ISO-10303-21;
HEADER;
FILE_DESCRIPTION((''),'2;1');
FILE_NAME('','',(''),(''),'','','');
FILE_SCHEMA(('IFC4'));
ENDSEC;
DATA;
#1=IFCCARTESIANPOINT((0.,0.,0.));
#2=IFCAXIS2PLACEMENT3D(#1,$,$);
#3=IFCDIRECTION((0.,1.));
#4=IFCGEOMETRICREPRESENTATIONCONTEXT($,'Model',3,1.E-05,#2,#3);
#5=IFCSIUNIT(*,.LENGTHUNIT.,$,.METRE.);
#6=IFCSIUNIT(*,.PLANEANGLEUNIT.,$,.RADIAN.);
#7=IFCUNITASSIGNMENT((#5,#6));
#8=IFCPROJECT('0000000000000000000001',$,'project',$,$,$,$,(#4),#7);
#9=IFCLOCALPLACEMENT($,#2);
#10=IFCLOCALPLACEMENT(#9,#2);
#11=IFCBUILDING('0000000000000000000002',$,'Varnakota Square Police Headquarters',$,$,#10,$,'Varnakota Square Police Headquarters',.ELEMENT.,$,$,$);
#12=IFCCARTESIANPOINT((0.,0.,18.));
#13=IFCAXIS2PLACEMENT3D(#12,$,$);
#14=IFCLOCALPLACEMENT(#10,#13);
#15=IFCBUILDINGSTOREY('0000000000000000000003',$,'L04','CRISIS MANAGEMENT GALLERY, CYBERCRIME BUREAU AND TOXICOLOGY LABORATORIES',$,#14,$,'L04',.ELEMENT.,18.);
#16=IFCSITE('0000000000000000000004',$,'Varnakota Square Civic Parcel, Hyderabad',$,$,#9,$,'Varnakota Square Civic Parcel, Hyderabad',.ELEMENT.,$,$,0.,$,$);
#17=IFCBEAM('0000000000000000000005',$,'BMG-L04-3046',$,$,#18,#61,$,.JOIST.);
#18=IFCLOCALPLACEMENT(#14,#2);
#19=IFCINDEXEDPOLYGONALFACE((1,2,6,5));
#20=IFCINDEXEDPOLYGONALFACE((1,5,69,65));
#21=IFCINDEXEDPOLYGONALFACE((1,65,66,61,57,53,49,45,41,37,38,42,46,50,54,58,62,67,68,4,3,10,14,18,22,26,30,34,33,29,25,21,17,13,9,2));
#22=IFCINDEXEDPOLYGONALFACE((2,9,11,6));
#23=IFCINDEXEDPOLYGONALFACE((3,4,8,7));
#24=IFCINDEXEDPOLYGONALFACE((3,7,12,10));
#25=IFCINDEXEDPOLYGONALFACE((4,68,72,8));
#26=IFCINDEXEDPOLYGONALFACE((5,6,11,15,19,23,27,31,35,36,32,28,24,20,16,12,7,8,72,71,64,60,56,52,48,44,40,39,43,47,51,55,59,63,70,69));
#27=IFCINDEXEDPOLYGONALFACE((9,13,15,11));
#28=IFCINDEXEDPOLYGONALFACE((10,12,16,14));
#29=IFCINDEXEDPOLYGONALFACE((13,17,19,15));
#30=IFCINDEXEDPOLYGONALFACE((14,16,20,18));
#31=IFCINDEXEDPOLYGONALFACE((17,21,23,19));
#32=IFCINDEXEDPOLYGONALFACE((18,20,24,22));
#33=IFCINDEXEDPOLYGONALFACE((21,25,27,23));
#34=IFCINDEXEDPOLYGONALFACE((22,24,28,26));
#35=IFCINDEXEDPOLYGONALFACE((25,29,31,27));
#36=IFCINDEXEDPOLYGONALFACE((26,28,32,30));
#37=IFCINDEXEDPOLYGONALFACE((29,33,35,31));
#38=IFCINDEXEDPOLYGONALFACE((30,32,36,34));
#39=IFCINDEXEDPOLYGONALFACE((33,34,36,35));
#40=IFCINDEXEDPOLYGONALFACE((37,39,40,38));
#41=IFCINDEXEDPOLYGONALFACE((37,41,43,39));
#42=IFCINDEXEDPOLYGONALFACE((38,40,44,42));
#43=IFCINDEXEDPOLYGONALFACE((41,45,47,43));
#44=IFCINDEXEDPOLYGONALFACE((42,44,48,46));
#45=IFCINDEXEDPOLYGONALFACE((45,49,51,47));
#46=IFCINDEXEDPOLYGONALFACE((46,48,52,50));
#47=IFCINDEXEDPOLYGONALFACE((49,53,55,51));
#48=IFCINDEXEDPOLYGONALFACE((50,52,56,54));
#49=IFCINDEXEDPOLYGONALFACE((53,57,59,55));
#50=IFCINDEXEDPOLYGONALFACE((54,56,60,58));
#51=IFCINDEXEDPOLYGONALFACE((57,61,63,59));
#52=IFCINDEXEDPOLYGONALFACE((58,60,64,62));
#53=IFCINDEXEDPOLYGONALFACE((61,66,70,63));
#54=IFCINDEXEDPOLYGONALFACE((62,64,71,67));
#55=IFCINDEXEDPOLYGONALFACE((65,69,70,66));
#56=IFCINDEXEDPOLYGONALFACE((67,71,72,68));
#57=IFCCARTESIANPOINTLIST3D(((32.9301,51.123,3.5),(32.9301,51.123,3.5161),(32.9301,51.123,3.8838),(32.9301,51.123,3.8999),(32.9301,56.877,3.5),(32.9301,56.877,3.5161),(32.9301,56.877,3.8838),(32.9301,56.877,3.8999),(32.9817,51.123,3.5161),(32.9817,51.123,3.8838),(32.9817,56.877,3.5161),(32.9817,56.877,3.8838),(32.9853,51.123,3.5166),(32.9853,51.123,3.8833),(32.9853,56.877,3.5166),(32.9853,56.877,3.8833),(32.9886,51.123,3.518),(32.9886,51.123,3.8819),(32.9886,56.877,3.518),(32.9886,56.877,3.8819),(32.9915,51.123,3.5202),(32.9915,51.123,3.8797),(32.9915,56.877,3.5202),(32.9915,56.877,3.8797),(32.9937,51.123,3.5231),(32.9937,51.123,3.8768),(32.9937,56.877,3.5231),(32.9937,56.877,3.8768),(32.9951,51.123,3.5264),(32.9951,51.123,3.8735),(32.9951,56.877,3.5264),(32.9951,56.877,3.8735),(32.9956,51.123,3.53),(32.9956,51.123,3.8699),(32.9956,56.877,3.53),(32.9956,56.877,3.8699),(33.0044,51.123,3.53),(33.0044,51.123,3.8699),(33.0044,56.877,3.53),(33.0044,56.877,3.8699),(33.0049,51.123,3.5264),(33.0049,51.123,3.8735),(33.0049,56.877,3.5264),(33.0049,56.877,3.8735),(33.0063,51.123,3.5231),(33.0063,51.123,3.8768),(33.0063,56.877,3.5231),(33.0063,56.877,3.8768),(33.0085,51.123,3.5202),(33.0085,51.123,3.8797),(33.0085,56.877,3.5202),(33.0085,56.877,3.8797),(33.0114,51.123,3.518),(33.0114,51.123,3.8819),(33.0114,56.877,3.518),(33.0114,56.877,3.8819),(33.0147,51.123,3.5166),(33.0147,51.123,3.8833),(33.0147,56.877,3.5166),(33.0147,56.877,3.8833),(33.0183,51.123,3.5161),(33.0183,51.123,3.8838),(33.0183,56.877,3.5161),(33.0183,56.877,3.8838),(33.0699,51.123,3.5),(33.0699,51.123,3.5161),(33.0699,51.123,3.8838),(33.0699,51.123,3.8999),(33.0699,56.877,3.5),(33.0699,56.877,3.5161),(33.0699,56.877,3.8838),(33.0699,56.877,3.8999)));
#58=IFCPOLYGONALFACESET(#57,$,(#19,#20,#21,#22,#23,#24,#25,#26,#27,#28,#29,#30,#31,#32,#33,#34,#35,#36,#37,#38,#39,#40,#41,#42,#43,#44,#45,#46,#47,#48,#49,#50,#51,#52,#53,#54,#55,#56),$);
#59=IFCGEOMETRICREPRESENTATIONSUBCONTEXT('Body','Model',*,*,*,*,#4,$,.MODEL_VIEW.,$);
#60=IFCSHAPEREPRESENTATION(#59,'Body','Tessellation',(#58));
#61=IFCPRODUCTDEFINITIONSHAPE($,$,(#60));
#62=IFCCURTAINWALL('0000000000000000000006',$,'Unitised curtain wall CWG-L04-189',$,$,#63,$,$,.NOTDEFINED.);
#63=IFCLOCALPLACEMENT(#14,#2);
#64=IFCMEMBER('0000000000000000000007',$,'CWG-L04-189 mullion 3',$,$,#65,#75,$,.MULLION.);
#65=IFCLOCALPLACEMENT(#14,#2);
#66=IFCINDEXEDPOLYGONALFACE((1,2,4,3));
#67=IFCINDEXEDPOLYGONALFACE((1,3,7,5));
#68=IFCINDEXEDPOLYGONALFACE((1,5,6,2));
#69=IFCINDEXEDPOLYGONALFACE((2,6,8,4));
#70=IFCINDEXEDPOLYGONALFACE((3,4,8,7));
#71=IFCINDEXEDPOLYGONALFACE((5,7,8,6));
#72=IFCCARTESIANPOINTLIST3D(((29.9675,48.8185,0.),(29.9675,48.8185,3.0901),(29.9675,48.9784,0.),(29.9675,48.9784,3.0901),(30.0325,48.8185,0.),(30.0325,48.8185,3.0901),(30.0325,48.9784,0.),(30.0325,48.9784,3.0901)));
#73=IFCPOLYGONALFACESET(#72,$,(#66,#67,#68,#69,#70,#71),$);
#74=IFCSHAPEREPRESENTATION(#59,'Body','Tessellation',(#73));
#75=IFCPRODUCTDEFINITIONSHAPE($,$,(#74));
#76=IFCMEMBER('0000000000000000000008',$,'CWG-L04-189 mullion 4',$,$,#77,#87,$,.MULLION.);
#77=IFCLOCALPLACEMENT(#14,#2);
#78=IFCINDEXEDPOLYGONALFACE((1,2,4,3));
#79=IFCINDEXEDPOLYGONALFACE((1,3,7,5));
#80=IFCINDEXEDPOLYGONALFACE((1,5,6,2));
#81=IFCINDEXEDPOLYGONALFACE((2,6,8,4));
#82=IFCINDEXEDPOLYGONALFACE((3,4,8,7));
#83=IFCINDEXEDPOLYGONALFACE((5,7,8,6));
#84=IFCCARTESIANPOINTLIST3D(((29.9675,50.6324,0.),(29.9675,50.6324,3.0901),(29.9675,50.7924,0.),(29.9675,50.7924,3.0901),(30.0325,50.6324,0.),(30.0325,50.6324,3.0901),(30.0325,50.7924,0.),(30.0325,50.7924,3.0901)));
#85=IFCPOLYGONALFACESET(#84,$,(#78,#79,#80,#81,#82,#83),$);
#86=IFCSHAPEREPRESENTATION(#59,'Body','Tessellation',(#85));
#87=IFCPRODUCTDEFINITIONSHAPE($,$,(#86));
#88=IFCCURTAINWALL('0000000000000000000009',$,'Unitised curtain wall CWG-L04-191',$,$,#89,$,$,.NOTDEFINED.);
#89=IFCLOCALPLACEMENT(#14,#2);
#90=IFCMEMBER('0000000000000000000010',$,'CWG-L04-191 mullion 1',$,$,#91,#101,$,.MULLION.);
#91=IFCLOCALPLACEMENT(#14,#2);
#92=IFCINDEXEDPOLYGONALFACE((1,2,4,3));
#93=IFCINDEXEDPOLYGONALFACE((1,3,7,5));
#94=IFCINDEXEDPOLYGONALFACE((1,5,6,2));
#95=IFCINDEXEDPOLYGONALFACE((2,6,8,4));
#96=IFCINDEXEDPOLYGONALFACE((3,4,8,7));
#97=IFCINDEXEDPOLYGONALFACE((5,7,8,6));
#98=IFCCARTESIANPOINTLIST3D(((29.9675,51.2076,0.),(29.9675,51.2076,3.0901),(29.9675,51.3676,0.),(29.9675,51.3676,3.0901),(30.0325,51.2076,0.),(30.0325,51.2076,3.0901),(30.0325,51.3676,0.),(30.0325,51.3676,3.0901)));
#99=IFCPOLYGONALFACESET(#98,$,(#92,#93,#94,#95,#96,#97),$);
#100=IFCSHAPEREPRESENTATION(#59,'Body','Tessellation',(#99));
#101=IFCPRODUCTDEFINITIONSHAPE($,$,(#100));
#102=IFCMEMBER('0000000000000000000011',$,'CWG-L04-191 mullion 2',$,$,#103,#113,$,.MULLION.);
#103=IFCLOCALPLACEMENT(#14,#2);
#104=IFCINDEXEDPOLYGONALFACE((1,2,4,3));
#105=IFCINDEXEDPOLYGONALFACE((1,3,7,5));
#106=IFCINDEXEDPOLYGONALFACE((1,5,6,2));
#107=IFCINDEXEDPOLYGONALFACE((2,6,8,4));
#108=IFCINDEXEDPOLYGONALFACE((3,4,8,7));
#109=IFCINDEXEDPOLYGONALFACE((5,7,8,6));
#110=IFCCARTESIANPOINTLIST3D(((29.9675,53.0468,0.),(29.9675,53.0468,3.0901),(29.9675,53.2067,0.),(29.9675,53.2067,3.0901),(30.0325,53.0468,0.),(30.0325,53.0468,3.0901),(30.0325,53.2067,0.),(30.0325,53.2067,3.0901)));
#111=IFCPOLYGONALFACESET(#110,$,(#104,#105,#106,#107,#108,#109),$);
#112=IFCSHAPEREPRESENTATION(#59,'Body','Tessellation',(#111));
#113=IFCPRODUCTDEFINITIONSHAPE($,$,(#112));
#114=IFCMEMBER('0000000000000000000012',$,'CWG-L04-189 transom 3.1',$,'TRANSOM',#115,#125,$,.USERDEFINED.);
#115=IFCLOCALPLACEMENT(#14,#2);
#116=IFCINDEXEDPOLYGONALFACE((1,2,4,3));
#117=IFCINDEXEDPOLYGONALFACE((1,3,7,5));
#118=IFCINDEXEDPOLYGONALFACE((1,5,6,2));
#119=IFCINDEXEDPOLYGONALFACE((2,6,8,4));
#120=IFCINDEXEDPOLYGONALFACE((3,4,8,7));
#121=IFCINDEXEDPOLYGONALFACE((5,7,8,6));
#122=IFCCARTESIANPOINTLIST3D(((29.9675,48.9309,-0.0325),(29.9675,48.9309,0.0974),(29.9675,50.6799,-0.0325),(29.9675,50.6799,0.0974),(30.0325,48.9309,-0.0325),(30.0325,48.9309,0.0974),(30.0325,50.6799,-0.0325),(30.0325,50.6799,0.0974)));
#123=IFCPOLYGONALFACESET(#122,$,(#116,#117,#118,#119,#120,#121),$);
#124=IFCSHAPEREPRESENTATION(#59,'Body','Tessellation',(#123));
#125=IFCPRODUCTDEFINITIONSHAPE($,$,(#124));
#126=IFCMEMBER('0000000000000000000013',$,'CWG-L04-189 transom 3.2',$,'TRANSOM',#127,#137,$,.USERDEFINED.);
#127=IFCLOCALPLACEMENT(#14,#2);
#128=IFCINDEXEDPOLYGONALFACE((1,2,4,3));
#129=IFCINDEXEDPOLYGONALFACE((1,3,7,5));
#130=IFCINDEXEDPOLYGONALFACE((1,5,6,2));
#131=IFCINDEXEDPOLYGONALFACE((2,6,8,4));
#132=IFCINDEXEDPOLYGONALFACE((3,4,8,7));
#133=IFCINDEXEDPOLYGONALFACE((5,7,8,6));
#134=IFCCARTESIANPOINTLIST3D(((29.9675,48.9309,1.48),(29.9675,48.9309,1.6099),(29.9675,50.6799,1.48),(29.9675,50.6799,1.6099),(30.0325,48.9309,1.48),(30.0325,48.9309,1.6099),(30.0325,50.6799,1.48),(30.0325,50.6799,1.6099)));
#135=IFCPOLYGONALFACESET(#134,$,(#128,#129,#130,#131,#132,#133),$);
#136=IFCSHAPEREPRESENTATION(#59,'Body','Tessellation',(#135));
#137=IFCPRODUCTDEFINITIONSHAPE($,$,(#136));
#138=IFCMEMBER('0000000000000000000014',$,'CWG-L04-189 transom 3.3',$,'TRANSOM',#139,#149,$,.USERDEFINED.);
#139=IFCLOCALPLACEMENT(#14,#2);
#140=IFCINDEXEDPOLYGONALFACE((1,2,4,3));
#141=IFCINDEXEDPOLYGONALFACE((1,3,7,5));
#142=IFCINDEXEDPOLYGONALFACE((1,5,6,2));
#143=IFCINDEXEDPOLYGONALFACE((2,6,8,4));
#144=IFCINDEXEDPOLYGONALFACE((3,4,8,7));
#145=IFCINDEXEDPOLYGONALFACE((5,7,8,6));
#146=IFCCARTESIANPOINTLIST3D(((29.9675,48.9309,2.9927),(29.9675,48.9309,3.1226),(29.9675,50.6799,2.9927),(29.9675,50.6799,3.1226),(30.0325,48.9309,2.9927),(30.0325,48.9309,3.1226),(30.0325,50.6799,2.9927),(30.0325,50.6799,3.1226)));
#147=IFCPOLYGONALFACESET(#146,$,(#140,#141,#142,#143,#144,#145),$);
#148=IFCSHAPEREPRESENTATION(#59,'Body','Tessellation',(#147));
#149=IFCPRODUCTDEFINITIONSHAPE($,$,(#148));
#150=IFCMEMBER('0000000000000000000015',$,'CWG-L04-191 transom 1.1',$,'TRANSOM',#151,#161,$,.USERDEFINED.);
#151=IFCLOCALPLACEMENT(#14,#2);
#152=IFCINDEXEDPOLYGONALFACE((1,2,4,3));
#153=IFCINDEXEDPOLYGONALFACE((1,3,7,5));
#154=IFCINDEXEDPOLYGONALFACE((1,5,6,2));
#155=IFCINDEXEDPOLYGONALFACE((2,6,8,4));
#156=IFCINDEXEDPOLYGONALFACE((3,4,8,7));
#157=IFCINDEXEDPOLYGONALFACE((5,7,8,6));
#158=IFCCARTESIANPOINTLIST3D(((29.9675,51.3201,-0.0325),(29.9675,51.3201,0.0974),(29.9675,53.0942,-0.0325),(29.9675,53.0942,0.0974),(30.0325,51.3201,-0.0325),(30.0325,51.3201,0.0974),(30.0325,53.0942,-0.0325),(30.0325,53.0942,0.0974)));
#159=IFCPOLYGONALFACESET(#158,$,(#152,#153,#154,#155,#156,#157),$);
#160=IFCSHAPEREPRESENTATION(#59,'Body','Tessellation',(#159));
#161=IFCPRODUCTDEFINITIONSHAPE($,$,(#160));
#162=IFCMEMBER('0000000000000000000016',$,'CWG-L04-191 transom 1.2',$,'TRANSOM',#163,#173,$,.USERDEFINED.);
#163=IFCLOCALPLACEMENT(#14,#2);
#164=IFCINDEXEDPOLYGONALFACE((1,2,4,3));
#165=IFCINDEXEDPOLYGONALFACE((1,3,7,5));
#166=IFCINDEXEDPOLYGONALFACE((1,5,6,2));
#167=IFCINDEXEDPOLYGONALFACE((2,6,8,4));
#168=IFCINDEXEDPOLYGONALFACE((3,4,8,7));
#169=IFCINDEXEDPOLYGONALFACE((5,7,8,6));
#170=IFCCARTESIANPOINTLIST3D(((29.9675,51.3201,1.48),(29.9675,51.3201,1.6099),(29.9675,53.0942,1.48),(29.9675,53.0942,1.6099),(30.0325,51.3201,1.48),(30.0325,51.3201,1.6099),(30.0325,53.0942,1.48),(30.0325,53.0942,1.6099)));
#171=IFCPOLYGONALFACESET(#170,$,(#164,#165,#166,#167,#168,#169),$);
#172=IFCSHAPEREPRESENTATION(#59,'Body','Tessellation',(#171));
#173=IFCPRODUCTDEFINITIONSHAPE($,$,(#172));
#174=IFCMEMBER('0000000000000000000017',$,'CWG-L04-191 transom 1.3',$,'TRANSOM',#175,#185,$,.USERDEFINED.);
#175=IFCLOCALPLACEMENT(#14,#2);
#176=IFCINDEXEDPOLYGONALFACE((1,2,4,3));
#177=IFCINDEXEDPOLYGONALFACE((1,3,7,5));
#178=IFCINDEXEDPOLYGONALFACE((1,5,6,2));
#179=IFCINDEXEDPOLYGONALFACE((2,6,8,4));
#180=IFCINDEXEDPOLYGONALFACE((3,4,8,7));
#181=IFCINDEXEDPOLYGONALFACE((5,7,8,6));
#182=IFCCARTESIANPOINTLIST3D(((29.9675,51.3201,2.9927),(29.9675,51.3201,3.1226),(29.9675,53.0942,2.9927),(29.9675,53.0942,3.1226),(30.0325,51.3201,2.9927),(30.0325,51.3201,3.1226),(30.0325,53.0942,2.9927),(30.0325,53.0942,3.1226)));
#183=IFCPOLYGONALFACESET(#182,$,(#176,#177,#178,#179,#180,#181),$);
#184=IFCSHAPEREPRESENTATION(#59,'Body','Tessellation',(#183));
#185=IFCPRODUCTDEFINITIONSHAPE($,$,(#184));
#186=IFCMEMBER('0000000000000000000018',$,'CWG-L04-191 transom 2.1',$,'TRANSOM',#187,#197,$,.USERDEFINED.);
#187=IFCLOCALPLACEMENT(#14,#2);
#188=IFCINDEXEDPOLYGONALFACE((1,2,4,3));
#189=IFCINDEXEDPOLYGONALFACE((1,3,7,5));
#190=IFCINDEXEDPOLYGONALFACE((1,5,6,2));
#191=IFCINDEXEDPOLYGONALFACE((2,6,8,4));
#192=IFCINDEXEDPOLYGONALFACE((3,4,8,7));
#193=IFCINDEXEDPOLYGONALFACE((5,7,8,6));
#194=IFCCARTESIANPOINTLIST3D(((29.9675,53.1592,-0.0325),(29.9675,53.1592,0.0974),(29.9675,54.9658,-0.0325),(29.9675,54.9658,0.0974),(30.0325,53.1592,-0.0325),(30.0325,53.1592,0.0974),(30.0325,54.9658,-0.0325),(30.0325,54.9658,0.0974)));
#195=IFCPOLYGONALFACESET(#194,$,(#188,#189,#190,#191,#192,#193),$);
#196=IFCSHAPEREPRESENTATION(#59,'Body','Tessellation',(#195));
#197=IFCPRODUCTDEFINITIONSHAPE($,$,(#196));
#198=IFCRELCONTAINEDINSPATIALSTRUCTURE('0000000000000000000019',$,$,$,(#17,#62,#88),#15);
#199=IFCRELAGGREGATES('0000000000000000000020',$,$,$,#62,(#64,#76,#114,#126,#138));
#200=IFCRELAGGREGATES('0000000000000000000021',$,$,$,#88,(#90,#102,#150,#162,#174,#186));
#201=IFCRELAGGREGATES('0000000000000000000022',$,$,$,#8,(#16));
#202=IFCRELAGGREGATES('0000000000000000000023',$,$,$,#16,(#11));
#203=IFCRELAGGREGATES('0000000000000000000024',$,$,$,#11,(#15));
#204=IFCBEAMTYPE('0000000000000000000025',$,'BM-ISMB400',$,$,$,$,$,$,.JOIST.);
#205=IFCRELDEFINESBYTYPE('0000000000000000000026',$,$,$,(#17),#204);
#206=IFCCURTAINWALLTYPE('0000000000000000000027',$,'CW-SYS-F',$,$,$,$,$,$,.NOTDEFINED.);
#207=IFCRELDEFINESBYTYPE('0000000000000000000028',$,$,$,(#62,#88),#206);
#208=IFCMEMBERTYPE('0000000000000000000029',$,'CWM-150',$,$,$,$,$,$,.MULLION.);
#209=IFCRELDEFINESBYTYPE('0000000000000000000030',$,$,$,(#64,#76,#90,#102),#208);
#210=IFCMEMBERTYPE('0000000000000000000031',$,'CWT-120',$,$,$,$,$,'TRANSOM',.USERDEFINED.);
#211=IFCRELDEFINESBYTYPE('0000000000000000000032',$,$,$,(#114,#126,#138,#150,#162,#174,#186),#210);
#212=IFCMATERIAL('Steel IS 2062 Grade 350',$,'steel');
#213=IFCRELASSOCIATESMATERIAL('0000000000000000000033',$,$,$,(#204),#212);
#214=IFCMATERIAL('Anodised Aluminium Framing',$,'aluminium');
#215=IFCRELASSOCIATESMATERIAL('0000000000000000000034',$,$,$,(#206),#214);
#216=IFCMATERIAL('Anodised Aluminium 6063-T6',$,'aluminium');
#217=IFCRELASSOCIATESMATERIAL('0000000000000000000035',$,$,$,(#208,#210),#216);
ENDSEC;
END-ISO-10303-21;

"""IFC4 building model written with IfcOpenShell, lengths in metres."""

from ifc_helpers import new_model, si_unit, direction, frame, origin, origin_2d, place, context, subcontext, project, spatial, rectangle, i_section, extrude, material, material_profile, profile_set, type_object, element, aggregate, save


model = new_model("IFC4")

# Units and contexts
model_context = context("Model", 3, precision=1e-05, world=origin(), true_north=direction((0.0, 1.0)))
body_context = subcontext(model_context, "Body", "Model", "MODEL_VIEW")
ifc_project = project(units=[si_unit("LENGTHUNIT", "METRE"), si_unit("PLANEANGLEUNIT", "RADIAN")], contexts=[model_context])

# Site, building, storey
site_placement = place(None, origin())
site = spatial("IfcSite", under=ifc_project, at=site_placement, Name="Varnakota Square Civic Parcel, Hyderabad", LongName="Varnakota Square Civic Parcel, Hyderabad", CompositionType="ELEMENT", RefElevation=0.0)
building_placement = place(site_placement, origin())
building = spatial("IfcBuilding", under=site, at=building_placement, Name="Varnakota Square Police Headquarters", LongName="Varnakota Square Police Headquarters", CompositionType="ELEMENT")
storey_placement = place(building_placement, frame((0.0, 0.0, 18.0)))
storey = spatial("IfcBuildingStorey", under=building, at=storey_placement, Name="L04", Description="CRISIS MANAGEMENT GALLERY, CYBERCRIME BUREAU AND TOXICOLOGY LABORATORIES", LongName="L04", CompositionType="ELEMENT", Elevation=18.0)

# Shared definitions
ifc_material_1 = material(Name="Steel IS 2062 Grade 350", Category="steel")

# Beam
ifc_material_profile_1 = material_profile(ifc_material_1, i_section(OverallWidth=0.1399, OverallDepth=0.3999, WebThickness=0.0088, FlangeThickness=0.0161, FilletRadius=0.0139, at=origin_2d()), Name="ISMB 400")
ifc_profile_set_1 = profile_set([ifc_material_profile_1], Name="Steel IS 2062 Grade 350")
beam_type_1 = type_object("IfcBeamType", Name="BM-ISMB400", PredefinedType="JOIST", material=ifc_profile_set_1)
beam_1_placement = place(storey_placement, frame((33.0, 51.123, 3.7), z_axis=(0.0, 1.0, 0.0), x_axis=(-1.0, 0.0, 0.0)))
element("IfcBeam", 1, at=beam_1_placement, inside=storey, type_object=beam_type_1, Name="BMG-L04-3046", PredefinedType="JOIST", context=body_context, shape_type="SweptSolid", body=[
    extrude(i_section(OverallWidth=0.1399, OverallDepth=0.3999, WebThickness=0.0088, FlangeThickness=0.0161, FilletRadius=0.0139, at=origin_2d()), origin(), (0.0, 0.0, 1.0), 5.7539),
])

# Curtain walls, members
ifc_material_2 = material(Name="Anodised Aluminium Framing", Category="aluminium")
curtain_wall_type = type_object("IfcCurtainWallType", Name="CW-SYS-F", PredefinedType="NOTDEFINED", material=ifc_material_2)
curtain_wall_1_placement = place(storey_placement, origin())
curtain_wall_1 = element("IfcCurtainWall", 2, at=curtain_wall_1_placement, inside=storey, type_object=curtain_wall_type, Name="Unitised curtain wall CWG-L04-189", PredefinedType="NOTDEFINED")
ifc_material_3 = material(Name="Anodised Aluminium 6063-T6", Category="aluminium")
ifc_material_profile_2 = material_profile(ifc_material_3, rectangle(XDim=0.0649, YDim=0.1599, at=origin_2d()), Name="ALU MULLION 65x160")
ifc_profile_set_2 = profile_set([ifc_material_profile_2], Name="Anodised Aluminium 6063-T6")
member_type_1 = type_object("IfcMemberType", Name="CWM-150", PredefinedType="MULLION", material=ifc_profile_set_2)
member_1_placement = place(storey_placement, frame((30.0, 48.8984, 0.0), z_axis=(0.0, 0.0, 1.0), x_axis=(-1.0, 0.0, 0.0)))
member_1 = element("IfcMember", 3, at=member_1_placement, type_object=member_type_1, Name="CWG-L04-189 mullion 3", PredefinedType="MULLION", context=body_context, shape_type="SweptSolid", body=[
    extrude(rectangle(XDim=0.0649, YDim=0.1599, at=origin_2d()), origin(), (0.0, 0.0, 1.0), 3.0901),
])
member_2_placement = place(storey_placement, frame((30.0, 50.7124, 0.0), z_axis=(0.0, 0.0, 1.0), x_axis=(-1.0, 0.0, 0.0)))
member_2 = element("IfcMember", 4, at=member_2_placement, type_object=member_type_1, Name="CWG-L04-189 mullion 4", PredefinedType="MULLION", context=body_context, shape_type="SweptSolid", body=[
    extrude(rectangle(XDim=0.0649, YDim=0.1599, at=origin_2d()), origin(), (0.0, 0.0, 1.0), 3.0901),
])
curtain_wall_2_placement = place(storey_placement, origin())
curtain_wall_2 = element("IfcCurtainWall", 5, at=curtain_wall_2_placement, inside=storey, type_object=curtain_wall_type, Name="Unitised curtain wall CWG-L04-191", PredefinedType="NOTDEFINED")
member_3_placement = place(storey_placement, frame((30.0, 51.2876, 0.0), z_axis=(0.0, 0.0, 1.0), x_axis=(-1.0, 0.0, 0.0)))
member_3 = element("IfcMember", 6, at=member_3_placement, type_object=member_type_1, Name="CWG-L04-191 mullion 1", PredefinedType="MULLION", context=body_context, shape_type="SweptSolid", body=[
    extrude(rectangle(XDim=0.0649, YDim=0.1599, at=origin_2d()), origin(), (0.0, 0.0, 1.0), 3.0901),
])
member_4_placement = place(storey_placement, frame((30.0, 53.1267, 0.0), z_axis=(0.0, 0.0, 1.0), x_axis=(-1.0, 0.0, 0.0)))
member_4 = element("IfcMember", 7, at=member_4_placement, type_object=member_type_1, Name="CWG-L04-191 mullion 2", PredefinedType="MULLION", context=body_context, shape_type="SweptSolid", body=[
    extrude(rectangle(XDim=0.0649, YDim=0.1599, at=origin_2d()), origin(), (0.0, 0.0, 1.0), 3.0901),
])

# Members
ifc_material_profile_3 = material_profile(ifc_material_3, rectangle(XDim=0.0649, YDim=0.1299, at=origin_2d()), Name="ALU TRANSOM 65x130")
ifc_profile_set_3 = profile_set([ifc_material_profile_3], Name="Anodised Aluminium 6063-T6")
member_type_2 = type_object("IfcMemberType", Name="CWT-120", ElementType="TRANSOM", PredefinedType="USERDEFINED", material=ifc_profile_set_3)
member_5_placement = place(storey_placement, frame((30.0, 48.9309, 0.0325), z_axis=(0.0, 1.0, 0.0), x_axis=(-1.0, 0.0, 0.0)))
member_5 = element("IfcMember", 8, at=member_5_placement, type_object=member_type_2, Name="CWG-L04-189 transom 3.1", ObjectType="TRANSOM", PredefinedType="USERDEFINED", context=body_context, shape_type="SweptSolid", body=[
    extrude(rectangle(XDim=0.0649, YDim=0.1299, at=origin_2d()), origin(), (0.0, 0.0, 1.0), 1.749),
])
member_6_placement = place(storey_placement, frame((30.0, 48.9309, 1.5449), z_axis=(0.0, 1.0, 0.0), x_axis=(-1.0, 0.0, 0.0)))
member_6 = element("IfcMember", 9, at=member_6_placement, type_object=member_type_2, Name="CWG-L04-189 transom 3.2", ObjectType="TRANSOM", PredefinedType="USERDEFINED", context=body_context, shape_type="SweptSolid", body=[
    extrude(rectangle(XDim=0.0649, YDim=0.1299, at=origin_2d()), origin(), (0.0, 0.0, 1.0), 1.749),
])
member_7_placement = place(storey_placement, frame((30.0, 48.9309, 3.0576), z_axis=(0.0, 1.0, 0.0), x_axis=(-1.0, 0.0, 0.0)))
member_7 = element("IfcMember", 10, at=member_7_placement, type_object=member_type_2, Name="CWG-L04-189 transom 3.3", ObjectType="TRANSOM", PredefinedType="USERDEFINED", context=body_context, shape_type="SweptSolid", body=[
    extrude(rectangle(XDim=0.0649, YDim=0.1299, at=origin_2d()), origin(), (0.0, 0.0, 1.0), 1.749),
])
member_8_placement = place(storey_placement, frame((30.0, 51.3201, 0.0325), z_axis=(0.0, 1.0, 0.0), x_axis=(-1.0, 0.0, 0.0)))
member_8 = element("IfcMember", 11, at=member_8_placement, type_object=member_type_2, Name="CWG-L04-191 transom 1.1", ObjectType="TRANSOM", PredefinedType="USERDEFINED", context=body_context, shape_type="SweptSolid", body=[
    extrude(rectangle(XDim=0.0649, YDim=0.1299, at=origin_2d()), origin(), (0.0, 0.0, 1.0), 1.7742),
])
member_9_placement = place(storey_placement, frame((30.0, 51.3201, 1.5449), z_axis=(0.0, 1.0, 0.0), x_axis=(-1.0, 0.0, 0.0)))
member_9 = element("IfcMember", 12, at=member_9_placement, type_object=member_type_2, Name="CWG-L04-191 transom 1.2", ObjectType="TRANSOM", PredefinedType="USERDEFINED", context=body_context, shape_type="SweptSolid", body=[
    extrude(rectangle(XDim=0.0649, YDim=0.1299, at=origin_2d()), origin(), (0.0, 0.0, 1.0), 1.7742),
])
member_10_placement = place(storey_placement, frame((30.0, 51.3201, 3.0576), z_axis=(0.0, 1.0, 0.0), x_axis=(-1.0, 0.0, 0.0)))
member_10 = element("IfcMember", 13, at=member_10_placement, type_object=member_type_2, Name="CWG-L04-191 transom 1.3", ObjectType="TRANSOM", PredefinedType="USERDEFINED", context=body_context, shape_type="SweptSolid", body=[
    extrude(rectangle(XDim=0.0649, YDim=0.1299, at=origin_2d()), origin(), (0.0, 0.0, 1.0), 1.7742),
])
member_11_placement = place(storey_placement, frame((30.0, 53.1592, 0.0325), z_axis=(0.0, 1.0, 0.0), x_axis=(-1.0, 0.0, 0.0)))
member_11 = element("IfcMember", 14, at=member_11_placement, type_object=member_type_2, Name="CWG-L04-191 transom 2.1", ObjectType="TRANSOM", PredefinedType="USERDEFINED", context=body_context, shape_type="SweptSolid", body=[
    extrude(rectangle(XDim=0.0649, YDim=0.1299, at=origin_2d()), origin(), (0.0, 0.0, 1.0), 1.8066),
])

aggregate(curtain_wall_1, [member_1, member_2, member_5, member_6, member_7])
aggregate(curtain_wall_2, [member_3, member_4, member_8, member_9, member_10, member_11])

save(model, "model.ifc")
